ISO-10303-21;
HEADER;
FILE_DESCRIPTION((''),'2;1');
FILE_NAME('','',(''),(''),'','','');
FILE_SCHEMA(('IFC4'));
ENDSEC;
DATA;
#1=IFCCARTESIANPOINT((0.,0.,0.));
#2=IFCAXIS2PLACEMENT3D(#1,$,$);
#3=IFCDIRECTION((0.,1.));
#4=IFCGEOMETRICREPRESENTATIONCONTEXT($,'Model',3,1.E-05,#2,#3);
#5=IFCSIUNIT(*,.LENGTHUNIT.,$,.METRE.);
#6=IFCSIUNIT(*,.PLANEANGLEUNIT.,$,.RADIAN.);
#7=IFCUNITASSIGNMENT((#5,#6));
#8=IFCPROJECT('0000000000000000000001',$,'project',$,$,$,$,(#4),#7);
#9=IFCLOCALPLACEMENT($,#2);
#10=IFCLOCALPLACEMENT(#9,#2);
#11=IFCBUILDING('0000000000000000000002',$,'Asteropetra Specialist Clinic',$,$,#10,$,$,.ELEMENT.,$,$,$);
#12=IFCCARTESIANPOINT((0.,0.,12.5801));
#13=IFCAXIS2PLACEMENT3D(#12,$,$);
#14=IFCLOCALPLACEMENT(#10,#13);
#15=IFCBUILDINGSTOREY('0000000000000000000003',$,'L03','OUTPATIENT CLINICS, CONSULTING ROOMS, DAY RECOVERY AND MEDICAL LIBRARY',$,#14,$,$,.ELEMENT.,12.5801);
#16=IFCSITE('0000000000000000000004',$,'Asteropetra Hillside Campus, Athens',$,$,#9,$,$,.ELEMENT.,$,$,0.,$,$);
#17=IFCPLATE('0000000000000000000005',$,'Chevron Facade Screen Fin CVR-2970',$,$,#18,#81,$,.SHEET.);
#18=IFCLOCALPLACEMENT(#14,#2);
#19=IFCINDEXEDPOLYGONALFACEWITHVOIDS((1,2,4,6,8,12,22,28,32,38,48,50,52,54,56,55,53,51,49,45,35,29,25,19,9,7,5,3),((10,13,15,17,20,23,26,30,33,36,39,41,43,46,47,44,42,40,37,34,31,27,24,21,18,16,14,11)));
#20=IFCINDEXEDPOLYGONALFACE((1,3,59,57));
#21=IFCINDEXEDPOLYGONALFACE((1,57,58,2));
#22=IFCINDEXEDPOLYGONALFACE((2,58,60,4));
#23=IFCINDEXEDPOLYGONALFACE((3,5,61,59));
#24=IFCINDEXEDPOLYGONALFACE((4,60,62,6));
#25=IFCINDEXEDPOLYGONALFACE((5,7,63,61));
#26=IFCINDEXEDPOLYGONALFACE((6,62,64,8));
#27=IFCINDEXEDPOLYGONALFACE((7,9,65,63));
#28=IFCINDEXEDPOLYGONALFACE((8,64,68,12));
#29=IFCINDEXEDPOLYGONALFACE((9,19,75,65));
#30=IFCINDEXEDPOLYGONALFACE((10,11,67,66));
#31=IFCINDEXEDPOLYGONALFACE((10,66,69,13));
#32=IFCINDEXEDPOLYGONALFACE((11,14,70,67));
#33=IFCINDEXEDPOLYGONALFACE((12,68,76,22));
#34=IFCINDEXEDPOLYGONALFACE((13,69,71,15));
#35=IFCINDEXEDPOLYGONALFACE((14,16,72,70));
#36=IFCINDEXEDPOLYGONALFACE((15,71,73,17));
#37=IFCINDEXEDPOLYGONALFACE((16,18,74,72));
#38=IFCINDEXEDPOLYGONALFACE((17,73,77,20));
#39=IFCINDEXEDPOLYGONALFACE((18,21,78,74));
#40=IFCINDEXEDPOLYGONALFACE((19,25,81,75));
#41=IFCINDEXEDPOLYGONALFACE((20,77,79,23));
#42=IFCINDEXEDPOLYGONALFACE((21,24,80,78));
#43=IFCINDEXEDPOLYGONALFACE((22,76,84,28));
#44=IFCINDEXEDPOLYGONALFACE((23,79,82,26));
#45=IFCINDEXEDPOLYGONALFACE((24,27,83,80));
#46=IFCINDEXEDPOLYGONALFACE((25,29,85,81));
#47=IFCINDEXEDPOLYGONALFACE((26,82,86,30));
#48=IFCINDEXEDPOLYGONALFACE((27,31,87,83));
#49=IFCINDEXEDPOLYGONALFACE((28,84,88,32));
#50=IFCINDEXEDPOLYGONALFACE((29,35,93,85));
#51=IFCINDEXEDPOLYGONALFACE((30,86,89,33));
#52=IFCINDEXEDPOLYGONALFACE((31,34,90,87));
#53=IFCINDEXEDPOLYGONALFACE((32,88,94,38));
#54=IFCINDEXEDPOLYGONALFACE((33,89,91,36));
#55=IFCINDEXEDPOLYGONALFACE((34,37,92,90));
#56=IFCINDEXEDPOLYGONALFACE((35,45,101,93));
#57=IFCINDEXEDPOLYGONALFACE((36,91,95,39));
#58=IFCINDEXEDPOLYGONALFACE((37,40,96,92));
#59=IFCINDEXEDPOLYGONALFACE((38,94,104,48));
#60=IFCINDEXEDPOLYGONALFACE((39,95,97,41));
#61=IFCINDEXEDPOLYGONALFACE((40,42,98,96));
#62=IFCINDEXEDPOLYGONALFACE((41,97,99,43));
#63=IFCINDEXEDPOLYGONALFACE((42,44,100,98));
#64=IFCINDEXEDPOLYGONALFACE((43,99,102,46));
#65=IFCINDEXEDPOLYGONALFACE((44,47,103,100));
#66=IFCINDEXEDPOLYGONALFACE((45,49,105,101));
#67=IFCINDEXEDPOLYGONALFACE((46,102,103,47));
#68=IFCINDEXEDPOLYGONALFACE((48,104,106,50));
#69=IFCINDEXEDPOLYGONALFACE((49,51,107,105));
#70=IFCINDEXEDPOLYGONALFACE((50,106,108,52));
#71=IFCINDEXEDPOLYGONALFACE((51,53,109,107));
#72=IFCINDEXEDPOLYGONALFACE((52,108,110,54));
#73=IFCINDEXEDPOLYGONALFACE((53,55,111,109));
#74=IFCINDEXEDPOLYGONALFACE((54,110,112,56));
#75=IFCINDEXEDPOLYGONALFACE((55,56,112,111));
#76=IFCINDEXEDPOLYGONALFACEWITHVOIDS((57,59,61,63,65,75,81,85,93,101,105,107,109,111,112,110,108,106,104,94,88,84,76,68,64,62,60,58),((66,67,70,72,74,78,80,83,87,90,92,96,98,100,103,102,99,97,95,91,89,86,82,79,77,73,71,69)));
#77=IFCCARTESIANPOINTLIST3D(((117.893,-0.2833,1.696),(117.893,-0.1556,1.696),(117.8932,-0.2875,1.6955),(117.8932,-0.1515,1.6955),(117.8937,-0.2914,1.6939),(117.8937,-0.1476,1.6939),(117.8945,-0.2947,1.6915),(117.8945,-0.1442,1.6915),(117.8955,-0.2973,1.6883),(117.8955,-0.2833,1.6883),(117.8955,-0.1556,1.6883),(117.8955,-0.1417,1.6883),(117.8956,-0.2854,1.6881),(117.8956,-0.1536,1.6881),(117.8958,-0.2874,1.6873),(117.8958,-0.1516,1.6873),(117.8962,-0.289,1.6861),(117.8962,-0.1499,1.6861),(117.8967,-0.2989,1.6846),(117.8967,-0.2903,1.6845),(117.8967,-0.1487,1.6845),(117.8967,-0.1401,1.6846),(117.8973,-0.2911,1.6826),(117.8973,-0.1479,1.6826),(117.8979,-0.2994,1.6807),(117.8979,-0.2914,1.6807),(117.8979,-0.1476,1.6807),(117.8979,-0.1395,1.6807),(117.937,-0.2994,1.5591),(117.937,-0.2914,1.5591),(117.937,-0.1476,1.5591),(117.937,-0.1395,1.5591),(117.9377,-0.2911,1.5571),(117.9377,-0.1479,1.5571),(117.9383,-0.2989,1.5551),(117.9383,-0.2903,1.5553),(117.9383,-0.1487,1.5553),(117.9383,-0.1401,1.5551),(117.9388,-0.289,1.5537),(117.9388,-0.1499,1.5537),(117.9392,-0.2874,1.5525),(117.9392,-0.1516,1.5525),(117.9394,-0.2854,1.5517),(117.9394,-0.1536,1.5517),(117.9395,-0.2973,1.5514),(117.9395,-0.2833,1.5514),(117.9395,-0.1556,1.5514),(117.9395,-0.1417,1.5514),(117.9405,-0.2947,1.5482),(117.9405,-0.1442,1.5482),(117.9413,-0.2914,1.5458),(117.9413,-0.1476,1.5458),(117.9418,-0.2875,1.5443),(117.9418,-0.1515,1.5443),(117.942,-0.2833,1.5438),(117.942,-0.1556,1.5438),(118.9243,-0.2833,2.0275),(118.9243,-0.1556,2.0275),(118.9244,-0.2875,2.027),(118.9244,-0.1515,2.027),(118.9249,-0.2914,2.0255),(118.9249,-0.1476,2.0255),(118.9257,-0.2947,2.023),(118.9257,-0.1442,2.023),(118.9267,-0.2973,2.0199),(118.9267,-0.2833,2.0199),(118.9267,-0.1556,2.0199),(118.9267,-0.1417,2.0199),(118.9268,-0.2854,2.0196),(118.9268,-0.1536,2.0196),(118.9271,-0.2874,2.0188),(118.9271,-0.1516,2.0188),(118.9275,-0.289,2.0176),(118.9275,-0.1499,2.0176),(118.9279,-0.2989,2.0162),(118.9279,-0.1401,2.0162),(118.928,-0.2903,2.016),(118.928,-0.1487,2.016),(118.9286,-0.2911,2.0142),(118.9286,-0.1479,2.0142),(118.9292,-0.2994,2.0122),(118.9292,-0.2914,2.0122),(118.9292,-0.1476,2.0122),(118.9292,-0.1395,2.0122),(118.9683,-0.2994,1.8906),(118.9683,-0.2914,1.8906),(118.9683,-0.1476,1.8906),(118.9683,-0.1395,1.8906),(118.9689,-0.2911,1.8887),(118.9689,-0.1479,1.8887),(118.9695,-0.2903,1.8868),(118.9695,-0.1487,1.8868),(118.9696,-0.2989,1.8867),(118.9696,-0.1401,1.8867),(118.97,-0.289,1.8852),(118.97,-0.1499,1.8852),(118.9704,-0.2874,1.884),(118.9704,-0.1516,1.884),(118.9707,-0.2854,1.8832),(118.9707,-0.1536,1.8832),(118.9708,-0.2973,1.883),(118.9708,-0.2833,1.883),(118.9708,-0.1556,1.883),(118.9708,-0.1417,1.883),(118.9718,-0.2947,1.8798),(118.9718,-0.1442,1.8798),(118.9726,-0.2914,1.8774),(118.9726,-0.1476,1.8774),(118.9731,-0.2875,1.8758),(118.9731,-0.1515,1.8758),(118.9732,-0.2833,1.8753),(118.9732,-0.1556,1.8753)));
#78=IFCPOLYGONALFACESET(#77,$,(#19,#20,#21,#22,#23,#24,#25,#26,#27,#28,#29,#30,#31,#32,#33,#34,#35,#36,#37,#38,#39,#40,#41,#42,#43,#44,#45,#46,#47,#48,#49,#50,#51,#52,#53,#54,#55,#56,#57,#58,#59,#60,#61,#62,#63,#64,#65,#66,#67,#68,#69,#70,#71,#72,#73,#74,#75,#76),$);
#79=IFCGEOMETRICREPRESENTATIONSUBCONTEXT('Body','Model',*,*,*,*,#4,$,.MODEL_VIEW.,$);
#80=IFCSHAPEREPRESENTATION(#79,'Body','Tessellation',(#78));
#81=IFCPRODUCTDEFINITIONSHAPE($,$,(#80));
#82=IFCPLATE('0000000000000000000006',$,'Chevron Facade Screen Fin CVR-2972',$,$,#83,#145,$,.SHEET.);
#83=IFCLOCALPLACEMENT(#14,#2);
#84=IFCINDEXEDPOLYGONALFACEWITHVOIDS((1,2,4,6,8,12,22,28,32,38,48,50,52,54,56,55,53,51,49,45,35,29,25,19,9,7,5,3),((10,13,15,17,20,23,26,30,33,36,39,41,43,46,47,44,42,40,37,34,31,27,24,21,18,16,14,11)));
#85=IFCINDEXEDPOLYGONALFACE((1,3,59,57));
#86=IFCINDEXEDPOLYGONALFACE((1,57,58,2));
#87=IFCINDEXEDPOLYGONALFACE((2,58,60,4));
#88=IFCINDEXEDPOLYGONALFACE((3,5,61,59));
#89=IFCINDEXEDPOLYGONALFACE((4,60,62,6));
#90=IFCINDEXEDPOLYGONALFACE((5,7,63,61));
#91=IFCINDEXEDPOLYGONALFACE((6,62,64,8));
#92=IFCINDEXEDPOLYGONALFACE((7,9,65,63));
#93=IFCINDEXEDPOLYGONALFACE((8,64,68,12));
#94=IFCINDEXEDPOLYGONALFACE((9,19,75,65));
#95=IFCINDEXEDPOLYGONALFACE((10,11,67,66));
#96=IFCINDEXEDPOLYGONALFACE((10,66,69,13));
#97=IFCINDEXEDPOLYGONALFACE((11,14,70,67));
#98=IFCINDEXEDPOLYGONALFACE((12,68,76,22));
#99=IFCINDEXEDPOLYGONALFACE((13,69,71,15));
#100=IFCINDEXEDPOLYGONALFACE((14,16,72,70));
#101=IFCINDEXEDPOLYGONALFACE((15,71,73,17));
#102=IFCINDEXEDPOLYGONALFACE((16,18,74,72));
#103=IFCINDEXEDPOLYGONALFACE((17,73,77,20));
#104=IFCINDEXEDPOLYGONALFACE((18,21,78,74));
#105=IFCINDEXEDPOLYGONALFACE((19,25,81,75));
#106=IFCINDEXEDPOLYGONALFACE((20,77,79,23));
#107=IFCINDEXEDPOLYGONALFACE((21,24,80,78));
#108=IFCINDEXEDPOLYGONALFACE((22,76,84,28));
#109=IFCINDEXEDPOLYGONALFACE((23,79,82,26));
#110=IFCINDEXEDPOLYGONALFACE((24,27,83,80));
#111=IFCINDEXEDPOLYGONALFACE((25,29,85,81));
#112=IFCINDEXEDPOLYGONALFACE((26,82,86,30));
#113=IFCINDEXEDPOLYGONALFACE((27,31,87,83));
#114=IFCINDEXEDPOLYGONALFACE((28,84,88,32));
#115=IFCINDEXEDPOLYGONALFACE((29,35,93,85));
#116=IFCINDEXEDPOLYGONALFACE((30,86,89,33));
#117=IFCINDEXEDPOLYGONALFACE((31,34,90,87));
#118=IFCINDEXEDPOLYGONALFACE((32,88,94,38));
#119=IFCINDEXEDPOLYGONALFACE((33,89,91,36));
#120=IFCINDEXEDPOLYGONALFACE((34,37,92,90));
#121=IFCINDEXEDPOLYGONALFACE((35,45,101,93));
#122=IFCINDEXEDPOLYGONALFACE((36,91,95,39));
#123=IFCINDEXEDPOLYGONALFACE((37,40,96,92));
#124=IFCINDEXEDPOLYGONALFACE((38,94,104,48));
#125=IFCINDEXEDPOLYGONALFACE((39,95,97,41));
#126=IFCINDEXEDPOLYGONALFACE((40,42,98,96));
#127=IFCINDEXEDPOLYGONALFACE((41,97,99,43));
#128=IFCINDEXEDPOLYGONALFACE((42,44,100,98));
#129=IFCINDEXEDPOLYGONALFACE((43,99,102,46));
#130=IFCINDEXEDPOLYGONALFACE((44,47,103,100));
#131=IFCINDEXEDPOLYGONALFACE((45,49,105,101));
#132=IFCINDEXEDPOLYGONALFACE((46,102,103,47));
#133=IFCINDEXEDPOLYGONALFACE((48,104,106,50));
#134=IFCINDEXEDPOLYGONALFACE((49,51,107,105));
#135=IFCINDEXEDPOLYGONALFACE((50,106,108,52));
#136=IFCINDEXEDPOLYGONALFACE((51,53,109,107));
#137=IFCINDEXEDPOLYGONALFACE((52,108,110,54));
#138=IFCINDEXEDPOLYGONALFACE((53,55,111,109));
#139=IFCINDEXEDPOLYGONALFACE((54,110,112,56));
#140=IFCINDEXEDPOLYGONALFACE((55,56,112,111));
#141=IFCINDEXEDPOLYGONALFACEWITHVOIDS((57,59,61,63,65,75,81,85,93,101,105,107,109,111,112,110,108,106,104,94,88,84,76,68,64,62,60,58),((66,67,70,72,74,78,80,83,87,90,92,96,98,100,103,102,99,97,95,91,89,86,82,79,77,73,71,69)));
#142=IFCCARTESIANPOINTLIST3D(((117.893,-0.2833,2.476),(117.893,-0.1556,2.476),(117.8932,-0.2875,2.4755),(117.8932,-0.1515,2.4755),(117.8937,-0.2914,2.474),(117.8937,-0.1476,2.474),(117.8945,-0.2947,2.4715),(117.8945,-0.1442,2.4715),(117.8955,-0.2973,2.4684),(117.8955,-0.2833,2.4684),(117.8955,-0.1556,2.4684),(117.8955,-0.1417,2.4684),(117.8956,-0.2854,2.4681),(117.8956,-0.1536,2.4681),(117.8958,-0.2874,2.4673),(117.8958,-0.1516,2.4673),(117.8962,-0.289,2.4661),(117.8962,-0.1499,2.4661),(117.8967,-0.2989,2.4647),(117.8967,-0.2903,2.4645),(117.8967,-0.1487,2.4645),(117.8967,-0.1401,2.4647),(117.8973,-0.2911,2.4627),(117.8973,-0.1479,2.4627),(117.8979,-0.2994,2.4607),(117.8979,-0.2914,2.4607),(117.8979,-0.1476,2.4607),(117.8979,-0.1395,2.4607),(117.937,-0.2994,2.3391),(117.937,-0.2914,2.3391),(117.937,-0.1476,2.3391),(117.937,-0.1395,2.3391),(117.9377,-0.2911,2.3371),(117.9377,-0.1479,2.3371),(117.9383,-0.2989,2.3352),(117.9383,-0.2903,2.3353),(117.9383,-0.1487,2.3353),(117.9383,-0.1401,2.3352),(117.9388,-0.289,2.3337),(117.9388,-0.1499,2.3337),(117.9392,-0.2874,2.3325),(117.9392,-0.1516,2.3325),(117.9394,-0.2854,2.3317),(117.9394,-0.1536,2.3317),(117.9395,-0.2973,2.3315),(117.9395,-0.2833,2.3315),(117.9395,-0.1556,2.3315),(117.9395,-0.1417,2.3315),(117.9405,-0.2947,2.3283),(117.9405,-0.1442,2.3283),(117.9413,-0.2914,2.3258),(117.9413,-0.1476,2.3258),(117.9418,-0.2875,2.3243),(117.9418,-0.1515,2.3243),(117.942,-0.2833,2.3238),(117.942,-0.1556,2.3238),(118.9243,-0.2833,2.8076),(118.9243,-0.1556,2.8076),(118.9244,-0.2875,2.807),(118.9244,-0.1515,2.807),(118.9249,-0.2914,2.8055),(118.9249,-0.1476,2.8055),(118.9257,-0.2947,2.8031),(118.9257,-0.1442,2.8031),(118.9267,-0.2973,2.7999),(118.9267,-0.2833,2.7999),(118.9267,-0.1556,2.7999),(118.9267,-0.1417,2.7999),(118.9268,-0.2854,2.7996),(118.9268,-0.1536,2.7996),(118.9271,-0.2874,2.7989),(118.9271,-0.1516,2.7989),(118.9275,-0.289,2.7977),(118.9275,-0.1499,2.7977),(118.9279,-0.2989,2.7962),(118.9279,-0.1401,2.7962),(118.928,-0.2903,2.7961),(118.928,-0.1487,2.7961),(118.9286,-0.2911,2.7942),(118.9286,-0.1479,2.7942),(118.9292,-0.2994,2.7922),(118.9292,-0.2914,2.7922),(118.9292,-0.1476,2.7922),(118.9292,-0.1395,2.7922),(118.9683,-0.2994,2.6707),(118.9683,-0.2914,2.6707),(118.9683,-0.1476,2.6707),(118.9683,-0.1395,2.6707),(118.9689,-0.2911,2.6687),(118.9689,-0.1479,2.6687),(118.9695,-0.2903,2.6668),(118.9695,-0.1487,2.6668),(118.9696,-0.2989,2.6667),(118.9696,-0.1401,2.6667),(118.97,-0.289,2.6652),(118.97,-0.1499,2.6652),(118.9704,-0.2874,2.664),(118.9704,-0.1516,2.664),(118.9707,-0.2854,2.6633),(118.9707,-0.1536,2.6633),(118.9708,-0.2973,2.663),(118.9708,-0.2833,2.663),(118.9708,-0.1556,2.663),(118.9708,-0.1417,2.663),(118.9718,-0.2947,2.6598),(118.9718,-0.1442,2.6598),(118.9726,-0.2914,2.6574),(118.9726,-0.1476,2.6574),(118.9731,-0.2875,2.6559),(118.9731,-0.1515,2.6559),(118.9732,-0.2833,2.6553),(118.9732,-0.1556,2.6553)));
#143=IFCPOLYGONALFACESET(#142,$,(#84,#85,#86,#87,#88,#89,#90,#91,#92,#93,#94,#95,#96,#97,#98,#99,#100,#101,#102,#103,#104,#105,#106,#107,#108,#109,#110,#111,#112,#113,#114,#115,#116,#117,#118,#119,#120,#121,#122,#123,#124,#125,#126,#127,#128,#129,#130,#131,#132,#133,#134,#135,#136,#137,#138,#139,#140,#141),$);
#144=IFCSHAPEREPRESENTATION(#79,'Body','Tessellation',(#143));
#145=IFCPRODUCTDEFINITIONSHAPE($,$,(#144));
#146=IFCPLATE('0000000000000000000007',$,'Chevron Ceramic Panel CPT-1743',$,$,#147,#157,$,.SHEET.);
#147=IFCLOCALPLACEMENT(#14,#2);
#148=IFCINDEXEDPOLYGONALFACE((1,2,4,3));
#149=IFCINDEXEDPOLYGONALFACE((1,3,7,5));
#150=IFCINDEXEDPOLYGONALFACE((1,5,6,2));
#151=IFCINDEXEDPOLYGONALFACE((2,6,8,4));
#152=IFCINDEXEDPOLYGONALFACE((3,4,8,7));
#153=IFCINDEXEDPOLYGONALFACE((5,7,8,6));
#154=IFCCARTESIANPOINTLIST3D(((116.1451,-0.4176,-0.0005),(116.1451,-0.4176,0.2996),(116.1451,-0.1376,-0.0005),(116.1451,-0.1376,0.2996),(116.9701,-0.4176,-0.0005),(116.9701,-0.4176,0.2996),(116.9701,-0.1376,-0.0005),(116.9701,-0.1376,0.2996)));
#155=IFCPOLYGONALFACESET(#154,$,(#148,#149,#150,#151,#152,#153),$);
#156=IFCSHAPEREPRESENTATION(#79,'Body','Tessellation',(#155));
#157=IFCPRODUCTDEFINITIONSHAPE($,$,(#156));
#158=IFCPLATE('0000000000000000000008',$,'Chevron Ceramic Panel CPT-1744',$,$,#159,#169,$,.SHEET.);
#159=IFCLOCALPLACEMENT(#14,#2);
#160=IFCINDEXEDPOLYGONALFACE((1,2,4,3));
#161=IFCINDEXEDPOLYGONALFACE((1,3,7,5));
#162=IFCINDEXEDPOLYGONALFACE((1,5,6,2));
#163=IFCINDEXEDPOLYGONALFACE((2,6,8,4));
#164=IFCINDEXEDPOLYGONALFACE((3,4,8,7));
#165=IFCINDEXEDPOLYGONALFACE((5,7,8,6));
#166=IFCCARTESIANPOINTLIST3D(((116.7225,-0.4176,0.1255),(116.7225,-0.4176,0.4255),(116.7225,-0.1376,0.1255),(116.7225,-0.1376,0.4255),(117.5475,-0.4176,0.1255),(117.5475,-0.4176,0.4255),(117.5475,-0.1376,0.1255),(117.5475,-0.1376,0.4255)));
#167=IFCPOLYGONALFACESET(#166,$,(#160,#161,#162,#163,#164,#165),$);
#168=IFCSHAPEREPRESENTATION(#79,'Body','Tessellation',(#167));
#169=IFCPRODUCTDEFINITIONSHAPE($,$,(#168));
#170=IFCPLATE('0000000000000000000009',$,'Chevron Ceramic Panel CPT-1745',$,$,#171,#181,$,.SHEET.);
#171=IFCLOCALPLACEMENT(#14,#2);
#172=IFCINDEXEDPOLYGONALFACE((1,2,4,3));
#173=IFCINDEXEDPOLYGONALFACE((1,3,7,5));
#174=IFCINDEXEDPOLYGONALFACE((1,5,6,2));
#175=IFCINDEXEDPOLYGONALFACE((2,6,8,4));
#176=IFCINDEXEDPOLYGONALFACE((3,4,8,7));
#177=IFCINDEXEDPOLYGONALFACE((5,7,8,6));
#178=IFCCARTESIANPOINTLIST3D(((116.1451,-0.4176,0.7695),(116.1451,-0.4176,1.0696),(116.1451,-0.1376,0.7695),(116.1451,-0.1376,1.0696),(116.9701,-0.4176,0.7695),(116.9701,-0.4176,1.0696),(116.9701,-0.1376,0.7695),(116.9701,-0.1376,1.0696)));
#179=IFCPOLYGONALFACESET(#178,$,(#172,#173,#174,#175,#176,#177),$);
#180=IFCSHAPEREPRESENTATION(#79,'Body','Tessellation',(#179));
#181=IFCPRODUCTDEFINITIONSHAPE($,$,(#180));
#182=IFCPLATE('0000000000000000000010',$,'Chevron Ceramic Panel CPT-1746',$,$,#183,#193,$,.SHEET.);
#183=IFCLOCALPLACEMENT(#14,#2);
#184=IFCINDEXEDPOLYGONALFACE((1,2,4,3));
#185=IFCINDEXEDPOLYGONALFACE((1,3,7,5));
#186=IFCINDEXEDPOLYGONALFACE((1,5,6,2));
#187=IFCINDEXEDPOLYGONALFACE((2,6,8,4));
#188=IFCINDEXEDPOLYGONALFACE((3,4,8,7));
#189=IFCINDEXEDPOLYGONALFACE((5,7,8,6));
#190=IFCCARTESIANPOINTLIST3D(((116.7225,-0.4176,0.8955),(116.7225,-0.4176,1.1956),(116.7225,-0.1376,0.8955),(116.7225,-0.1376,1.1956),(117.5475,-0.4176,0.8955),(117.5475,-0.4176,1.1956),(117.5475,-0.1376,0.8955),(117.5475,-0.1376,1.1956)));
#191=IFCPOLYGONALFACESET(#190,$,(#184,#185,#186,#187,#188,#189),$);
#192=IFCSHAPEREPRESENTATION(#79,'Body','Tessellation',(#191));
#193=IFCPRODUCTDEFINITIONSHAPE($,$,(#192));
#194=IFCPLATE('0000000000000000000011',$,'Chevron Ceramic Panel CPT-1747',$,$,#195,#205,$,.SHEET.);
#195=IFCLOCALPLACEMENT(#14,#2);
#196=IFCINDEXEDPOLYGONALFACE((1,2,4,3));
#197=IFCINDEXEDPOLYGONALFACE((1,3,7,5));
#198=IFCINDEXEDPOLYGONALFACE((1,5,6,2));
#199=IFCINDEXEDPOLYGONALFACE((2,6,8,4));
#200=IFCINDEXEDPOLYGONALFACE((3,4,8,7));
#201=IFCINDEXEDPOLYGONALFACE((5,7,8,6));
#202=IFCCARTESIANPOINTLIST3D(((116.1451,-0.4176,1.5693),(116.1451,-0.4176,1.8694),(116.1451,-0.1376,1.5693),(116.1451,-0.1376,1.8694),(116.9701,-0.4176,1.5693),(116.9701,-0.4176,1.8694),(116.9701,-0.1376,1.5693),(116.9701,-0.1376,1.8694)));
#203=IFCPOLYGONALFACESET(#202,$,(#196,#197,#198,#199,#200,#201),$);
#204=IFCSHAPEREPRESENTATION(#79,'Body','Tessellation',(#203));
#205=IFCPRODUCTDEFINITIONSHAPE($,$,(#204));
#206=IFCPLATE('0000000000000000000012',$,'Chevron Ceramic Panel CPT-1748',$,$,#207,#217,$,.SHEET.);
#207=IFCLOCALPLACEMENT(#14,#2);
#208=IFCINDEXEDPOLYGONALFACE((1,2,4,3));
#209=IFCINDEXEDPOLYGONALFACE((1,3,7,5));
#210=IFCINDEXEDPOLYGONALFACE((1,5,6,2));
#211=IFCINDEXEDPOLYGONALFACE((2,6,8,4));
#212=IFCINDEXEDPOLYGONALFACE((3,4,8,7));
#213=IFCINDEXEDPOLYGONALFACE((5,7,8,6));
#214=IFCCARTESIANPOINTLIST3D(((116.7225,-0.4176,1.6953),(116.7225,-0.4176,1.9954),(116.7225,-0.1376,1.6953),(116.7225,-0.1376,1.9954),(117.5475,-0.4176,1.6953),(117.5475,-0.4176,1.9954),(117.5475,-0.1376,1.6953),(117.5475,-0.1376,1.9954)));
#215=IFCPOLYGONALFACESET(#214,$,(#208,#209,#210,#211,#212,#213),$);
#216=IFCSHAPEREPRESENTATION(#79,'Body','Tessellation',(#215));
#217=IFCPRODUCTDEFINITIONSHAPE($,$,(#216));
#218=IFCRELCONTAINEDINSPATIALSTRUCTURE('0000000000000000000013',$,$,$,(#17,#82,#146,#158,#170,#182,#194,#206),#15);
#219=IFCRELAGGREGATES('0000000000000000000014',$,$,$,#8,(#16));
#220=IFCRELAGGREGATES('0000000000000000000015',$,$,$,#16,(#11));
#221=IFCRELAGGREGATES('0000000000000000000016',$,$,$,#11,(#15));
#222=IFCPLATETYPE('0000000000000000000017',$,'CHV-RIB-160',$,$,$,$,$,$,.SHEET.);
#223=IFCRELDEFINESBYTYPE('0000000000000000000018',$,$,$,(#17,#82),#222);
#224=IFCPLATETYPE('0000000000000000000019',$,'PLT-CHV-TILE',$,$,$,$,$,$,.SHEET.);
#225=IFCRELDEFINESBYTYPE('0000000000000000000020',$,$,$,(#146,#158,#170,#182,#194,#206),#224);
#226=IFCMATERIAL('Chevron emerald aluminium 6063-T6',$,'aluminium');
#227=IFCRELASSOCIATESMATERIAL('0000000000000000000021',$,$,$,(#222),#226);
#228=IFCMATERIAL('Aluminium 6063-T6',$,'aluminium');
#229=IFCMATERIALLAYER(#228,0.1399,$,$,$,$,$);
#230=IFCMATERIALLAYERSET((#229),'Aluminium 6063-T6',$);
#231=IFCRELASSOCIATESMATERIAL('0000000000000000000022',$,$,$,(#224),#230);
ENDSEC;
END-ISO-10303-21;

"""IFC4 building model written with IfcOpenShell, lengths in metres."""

from ifc_helpers import new_model, si_unit, direction, frame, origin, origin_2d, place, context, subcontext, project, spatial, rectangle, hollow_rectangle, extrude, material, layer, layer_set, material_profile, profile_set, type_object, element, save


model = new_model("IFC4")

# Units and contexts
model_context = context("Model", 3, precision=1e-05, world=origin(), true_north=direction((0.0, 1.0)))
body_context = subcontext(model_context, "Body", "Model", "MODEL_VIEW")
ifc_project = project(units=[si_unit("LENGTHUNIT", "METRE"), si_unit("PLANEANGLEUNIT", "RADIAN")], contexts=[model_context])

# Site, building, storey
site_placement = place(None, origin())
site = spatial("IfcSite", under=ifc_project, at=site_placement, Name="Asteropetra Hillside Campus, Athens", CompositionType="ELEMENT", RefElevation=0.0)
building_placement = place(site_placement, origin())
building = spatial("IfcBuilding", under=site, at=building_placement, Name="Asteropetra Specialist Clinic", CompositionType="ELEMENT")
storey_placement = place(building_placement, frame((0.0, 0.0, 12.5801)))
storey = spatial("IfcBuildingStorey", under=building, at=storey_placement, Name="L03", Description="OUTPATIENT CLINICS, CONSULTING ROOMS, DAY RECOVERY AND MEDICAL LIBRARY", CompositionType="ELEMENT", Elevation=12.5801)

# Plates
ifc_material_1 = material(Name="Chevron emerald aluminium 6063-T6", Category="aluminium")
ifc_material_profile_1 = material_profile(ifc_material_1, hollow_rectangle(XDim=0.1599, YDim=0.1599, WallThickness=0.0081, InnerFilletRadius=0.0081, OuterFilletRadius=0.0161, at=origin_2d()), Name="SHS 160x160x8.0")
ifc_profile_set_1 = profile_set([ifc_material_profile_1], Name="Chevron emerald aluminium 6063-T6")
plate_type_1 = type_object("IfcPlateType", Name="CHV-RIB-160", PredefinedType="SHEET", material=ifc_profile_set_1)
for number, where, z_axis, x_axis, name in (
    (1, (117.9175, -0.2195, 1.6199), (0.95201, 0.0, 0.306068), (0.0, 1.0, 0.0), "Chevron Facade Screen Fin CVR-2970"),
    (2, (117.9175, -0.2195, 2.3999), (0.95201, 0.0, 0.306068), (0.0, 1.0, 0.0), "Chevron Facade Screen Fin CVR-2972"),
):
    element("IfcPlate", number, at=place(storey_placement, frame(where, z_axis=z_axis, x_axis=x_axis)), inside=storey, type_object=plate_type_1, Name=name, PredefinedType="SHEET", context=body_context, shape_type="SweptSolid", body=[
        extrude(hollow_rectangle(XDim=0.1599, YDim=0.1599, WallThickness=0.0081, InnerFilletRadius=0.0081, OuterFilletRadius=0.0161, at=origin_2d()), origin(), (0.0, 0.0, 1.0), 1.0833),
    ])
ifc_material_2 = material(Name="Aluminium 6063-T6", Category="aluminium")
ifc_layer_1 = layer(ifc_material_2, 0.1399)
ifc_layer_set_1 = layer_set([ifc_layer_1], Name="Aluminium 6063-T6")
plate_type_2 = type_object("IfcPlateType", Name="PLT-CHV-TILE", PredefinedType="SHEET", material=ifc_layer_set_1)
for number, where, z_axis, x_axis, name in (
    (3, (116.5576, -0.2776, -0.0005), (0.0, 0.0, 1.0), (1.0, 0.0, 0.0), "Chevron Ceramic Panel CPT-1743"),
    (4, (117.135, -0.2776, 0.1255), (0.0, 0.0, 1.0), (1.0, 0.0, 0.0), "Chevron Ceramic Panel CPT-1744"),
    (5, (116.5576, -0.2776, 0.7695), (0.0, 0.0, 1.0), (1.0, 0.0, 0.0), "Chevron Ceramic Panel CPT-1745"),
    (6, (117.135, -0.2776, 0.8955), (0.0, 0.0, 1.0), (1.0, 0.0, 0.0), "Chevron Ceramic Panel CPT-1746"),
    (7, (116.5576, -0.2776, 1.5693), (0.0, 0.0, 1.0), (1.0, 0.0, 0.0), "Chevron Ceramic Panel CPT-1747"),
    (8, (117.135, -0.2776, 1.6953), (0.0, 0.0, 1.0), (1.0, 0.0, 0.0), "Chevron Ceramic Panel CPT-1748"),
):
    element("IfcPlate", number, at=place(storey_placement, frame(where, z_axis=z_axis, x_axis=x_axis)), inside=storey, type_object=plate_type_2, Name=name, PredefinedType="SHEET", context=body_context, shape_type="SweptSolid", body=[
        extrude(rectangle(XDim=0.825, YDim=0.28, at=origin_2d()), origin(), (0.0, 0.0, 1.0), 0.3),
    ])

save(model, "model.ifc")
